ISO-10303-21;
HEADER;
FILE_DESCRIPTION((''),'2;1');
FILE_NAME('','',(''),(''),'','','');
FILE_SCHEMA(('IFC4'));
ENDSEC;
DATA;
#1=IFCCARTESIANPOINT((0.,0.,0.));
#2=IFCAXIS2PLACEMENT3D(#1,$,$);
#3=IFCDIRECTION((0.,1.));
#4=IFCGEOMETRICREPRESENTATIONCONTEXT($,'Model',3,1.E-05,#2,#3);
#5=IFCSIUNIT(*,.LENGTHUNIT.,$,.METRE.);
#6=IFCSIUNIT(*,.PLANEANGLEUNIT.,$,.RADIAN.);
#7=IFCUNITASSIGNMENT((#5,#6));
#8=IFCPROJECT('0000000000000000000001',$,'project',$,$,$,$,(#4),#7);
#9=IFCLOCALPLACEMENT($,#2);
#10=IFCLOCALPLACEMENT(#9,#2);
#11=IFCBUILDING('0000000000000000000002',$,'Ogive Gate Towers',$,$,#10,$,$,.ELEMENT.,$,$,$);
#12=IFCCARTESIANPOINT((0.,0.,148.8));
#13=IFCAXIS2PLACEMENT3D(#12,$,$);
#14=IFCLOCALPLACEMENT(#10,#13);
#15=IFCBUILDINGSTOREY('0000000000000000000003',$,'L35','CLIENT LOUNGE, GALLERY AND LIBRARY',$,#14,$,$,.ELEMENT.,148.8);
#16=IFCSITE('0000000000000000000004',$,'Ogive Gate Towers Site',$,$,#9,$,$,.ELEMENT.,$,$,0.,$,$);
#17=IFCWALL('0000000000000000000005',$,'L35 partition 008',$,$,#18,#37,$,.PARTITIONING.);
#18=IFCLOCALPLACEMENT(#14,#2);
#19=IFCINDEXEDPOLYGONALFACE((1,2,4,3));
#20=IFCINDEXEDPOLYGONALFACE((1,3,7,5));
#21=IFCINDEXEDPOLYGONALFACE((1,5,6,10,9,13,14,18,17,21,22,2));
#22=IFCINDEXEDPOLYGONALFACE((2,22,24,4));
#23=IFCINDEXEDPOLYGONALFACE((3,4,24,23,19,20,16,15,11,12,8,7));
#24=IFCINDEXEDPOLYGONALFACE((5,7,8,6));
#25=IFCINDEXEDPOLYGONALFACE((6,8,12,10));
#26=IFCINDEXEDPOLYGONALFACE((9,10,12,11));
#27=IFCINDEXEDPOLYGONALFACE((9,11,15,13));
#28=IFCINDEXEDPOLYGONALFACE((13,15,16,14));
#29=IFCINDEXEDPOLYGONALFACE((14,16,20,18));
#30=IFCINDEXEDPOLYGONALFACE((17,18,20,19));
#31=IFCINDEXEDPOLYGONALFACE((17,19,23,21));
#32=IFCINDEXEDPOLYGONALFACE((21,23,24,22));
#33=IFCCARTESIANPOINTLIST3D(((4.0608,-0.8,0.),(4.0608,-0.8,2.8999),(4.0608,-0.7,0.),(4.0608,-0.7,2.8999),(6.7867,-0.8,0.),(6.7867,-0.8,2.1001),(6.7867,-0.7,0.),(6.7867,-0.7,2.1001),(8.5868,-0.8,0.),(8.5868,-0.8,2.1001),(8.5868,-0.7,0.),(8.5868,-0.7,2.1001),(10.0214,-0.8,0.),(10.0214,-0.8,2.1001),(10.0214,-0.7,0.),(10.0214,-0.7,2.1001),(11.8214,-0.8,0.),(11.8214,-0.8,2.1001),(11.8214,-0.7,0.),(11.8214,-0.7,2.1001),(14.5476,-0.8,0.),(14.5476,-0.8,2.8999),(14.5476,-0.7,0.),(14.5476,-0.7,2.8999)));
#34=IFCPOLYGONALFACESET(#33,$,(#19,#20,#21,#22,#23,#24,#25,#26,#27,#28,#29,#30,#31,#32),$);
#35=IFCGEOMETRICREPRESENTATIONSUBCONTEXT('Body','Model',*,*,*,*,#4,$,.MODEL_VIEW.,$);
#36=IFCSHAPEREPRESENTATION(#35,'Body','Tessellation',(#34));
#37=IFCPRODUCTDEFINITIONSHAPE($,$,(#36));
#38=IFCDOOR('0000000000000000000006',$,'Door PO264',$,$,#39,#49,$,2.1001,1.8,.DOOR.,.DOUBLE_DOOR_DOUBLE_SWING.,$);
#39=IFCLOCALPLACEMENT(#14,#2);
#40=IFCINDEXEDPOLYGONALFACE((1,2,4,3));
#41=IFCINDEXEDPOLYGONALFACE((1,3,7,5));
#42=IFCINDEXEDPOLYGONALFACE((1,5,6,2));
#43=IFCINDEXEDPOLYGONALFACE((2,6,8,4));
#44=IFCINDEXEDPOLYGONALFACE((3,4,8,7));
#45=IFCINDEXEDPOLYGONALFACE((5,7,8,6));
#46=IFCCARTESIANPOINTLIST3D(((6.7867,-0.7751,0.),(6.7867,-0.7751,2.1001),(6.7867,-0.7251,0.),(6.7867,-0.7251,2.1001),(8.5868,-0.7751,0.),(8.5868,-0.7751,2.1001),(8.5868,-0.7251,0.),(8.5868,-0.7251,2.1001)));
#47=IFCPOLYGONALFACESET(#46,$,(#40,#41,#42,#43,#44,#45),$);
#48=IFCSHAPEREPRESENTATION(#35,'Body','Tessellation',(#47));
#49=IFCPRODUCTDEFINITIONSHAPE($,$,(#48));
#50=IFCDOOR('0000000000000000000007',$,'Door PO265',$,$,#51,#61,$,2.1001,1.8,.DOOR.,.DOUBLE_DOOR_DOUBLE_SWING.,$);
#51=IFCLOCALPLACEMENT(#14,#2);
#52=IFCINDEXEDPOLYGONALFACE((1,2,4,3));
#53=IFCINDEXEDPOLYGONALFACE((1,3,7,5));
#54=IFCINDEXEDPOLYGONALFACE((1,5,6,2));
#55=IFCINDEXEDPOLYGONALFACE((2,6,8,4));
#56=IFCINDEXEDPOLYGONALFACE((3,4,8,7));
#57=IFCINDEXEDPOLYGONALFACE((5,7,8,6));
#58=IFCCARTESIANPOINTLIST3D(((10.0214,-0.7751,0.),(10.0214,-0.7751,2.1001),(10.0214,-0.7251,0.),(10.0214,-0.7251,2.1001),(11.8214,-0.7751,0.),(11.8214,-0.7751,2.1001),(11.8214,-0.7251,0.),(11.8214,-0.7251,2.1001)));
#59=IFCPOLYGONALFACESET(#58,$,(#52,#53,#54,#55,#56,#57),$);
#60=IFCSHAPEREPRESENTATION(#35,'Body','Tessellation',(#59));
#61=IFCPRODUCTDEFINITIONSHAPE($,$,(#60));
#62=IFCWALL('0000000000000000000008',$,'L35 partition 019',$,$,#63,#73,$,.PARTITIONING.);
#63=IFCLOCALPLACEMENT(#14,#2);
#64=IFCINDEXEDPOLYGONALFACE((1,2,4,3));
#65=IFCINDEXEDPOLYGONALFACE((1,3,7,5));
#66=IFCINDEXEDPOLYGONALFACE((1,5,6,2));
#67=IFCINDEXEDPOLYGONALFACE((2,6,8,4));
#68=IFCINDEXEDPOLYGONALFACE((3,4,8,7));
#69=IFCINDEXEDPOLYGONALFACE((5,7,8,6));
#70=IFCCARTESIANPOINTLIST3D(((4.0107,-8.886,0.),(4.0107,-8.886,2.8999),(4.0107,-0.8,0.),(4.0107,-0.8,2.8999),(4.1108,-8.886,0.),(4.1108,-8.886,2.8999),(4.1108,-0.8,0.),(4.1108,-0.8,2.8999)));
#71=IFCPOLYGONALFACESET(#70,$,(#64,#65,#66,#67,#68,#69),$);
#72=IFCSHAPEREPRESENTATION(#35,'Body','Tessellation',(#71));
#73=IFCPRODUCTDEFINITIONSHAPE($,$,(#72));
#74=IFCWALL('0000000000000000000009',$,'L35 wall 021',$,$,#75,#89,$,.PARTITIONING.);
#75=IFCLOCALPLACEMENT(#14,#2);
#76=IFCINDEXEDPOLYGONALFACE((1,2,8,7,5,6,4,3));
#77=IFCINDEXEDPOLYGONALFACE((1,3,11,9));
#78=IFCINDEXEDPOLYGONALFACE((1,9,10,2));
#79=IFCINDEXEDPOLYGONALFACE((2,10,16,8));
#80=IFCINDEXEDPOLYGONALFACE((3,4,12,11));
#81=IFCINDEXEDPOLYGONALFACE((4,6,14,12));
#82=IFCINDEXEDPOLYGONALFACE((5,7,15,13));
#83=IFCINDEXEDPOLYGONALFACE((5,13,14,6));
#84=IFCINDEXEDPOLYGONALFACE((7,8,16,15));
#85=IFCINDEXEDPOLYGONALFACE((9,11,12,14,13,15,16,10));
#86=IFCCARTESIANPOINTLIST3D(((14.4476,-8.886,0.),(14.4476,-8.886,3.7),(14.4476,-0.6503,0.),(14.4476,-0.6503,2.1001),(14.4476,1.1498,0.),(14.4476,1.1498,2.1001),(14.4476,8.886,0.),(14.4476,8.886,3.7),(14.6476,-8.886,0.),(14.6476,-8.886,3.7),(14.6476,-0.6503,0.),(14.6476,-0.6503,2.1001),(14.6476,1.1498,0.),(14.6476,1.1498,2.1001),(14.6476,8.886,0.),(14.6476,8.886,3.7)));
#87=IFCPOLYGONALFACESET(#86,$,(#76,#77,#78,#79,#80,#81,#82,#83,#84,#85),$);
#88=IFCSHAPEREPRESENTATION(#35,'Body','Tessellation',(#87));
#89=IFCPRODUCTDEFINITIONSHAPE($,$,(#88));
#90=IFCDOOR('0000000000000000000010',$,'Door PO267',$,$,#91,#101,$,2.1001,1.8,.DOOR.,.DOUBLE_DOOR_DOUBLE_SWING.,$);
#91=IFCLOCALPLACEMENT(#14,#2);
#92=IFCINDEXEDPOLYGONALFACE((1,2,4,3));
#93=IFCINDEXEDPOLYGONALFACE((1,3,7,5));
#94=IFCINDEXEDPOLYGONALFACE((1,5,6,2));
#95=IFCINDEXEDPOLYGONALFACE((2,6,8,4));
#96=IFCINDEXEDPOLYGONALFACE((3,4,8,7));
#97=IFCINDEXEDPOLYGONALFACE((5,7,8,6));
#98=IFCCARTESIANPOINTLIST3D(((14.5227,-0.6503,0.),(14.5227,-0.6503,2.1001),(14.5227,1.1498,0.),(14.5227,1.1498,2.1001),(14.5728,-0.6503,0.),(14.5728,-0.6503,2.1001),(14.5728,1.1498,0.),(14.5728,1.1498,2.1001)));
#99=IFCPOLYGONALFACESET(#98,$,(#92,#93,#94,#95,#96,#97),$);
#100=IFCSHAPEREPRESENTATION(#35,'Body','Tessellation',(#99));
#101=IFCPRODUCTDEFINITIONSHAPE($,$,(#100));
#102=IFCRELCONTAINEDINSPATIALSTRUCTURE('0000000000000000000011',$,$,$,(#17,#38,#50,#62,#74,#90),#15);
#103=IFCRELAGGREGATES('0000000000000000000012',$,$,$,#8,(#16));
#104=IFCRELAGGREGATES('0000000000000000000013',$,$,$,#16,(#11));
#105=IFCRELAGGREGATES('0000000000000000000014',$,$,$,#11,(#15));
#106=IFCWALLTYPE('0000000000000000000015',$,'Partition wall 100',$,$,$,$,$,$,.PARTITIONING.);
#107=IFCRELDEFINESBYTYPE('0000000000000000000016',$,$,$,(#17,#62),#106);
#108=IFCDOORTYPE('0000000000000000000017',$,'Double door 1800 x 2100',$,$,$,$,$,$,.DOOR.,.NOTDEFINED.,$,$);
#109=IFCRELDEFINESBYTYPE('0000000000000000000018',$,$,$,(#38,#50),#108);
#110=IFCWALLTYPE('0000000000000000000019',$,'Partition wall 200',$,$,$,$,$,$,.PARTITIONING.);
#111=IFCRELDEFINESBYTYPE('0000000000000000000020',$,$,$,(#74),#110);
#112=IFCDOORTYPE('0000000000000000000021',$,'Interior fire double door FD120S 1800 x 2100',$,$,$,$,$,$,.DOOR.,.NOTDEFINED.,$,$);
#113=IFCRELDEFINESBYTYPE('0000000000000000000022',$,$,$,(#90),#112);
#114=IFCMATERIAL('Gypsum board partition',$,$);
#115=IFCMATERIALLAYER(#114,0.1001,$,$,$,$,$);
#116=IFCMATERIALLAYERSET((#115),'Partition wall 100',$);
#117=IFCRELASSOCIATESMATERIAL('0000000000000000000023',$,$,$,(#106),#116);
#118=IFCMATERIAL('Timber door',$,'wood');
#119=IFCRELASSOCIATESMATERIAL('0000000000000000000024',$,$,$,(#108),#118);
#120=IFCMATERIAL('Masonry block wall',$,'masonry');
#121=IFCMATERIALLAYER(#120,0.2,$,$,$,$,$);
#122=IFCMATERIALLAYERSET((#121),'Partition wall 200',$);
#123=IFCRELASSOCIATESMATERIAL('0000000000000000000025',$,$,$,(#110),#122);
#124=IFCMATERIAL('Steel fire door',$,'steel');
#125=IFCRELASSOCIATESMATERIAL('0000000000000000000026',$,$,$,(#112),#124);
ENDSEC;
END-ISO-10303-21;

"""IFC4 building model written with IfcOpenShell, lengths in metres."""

from ifc_helpers import new_model, si_unit, direction, frame, frame_2d, origin, place, context, subcontext, project, spatial, rectangle, extrude, material, layer, layer_set, type_object, element, fill, save


model = new_model("IFC4")

# Units and contexts
model_context = context("Model", 3, precision=1e-05, world=origin(), true_north=direction((0.0, 1.0)))
body_context = subcontext(model_context, "Body", "Model", "MODEL_VIEW")
ifc_project = project(units=[si_unit("LENGTHUNIT", "METRE"), si_unit("PLANEANGLEUNIT", "RADIAN")], contexts=[model_context])

# Site, building, storey
site_placement = place(None, origin())
site = spatial("IfcSite", under=ifc_project, at=site_placement, Name="Ogive Gate Towers Site", CompositionType="ELEMENT", RefElevation=0.0)
building_placement = place(site_placement, origin())
building = spatial("IfcBuilding", under=site, at=building_placement, Name="Ogive Gate Towers", CompositionType="ELEMENT")
storey_placement = place(building_placement, frame((0.0, 0.0, 148.8)))
storey = spatial("IfcBuildingStorey", under=building, at=storey_placement, Name="L35", Description="CLIENT LOUNGE, GALLERY AND LIBRARY", CompositionType="ELEMENT", Elevation=148.8)

# Wall, openings, doors
ifc_material_1 = material(Name="Gypsum board partition")
ifc_layer_1 = layer(ifc_material_1, 0.1001)
ifc_layer_set_1 = layer_set([ifc_layer_1], Name="Partition wall 100")
wall_type_1 = type_object("IfcWallType", Name="Partition wall 100", PredefinedType="PARTITIONING", material=ifc_layer_set_1)
wall_1_placement = place(storey_placement, frame((4.0608, -0.75, 0.0), z_axis=(0.0, 0.0, 1.0), x_axis=(1.0, 0.0, 0.0)))
wall_1 = element("IfcWall", 1, at=wall_1_placement, inside=storey, type_object=wall_type_1, Name="L35 partition 008", PredefinedType="PARTITIONING", context=body_context, shape_type="SweptSolid", body=[
    extrude(rectangle(XDim=10.4868, YDim=0.1001, at=frame_2d((5.2434, 0.0))), origin(), (0.0, 0.0, 1.0), 2.8999),
])
opening_1_placement = place(wall_1_placement, frame((2.7261, 0.0, 0.0)))
opening_1 = element("IfcOpeningElement", 2, at=opening_1_placement, cuts=wall_1, PredefinedType="OPENING", context=body_context, shape_type="SweptSolid", body=[
    extrude(rectangle(XDim=1.8, YDim=2.1001, at=frame_2d((0.8999, 1.05))), frame((0.0, 0.0601, 0.0), z_axis=(0.0, -1.0, 0.0), x_axis=(1.0, 0.0, 0.0)), (0.0, 0.0, 1.0), 0.1201),
])
opening_2_placement = place(wall_1_placement, frame((5.9607, 0.0, 0.0)))
opening_2 = element("IfcOpeningElement", 3, at=opening_2_placement, cuts=wall_1, PredefinedType="OPENING", context=body_context, shape_type="SweptSolid", body=[
    extrude(rectangle(XDim=1.8, YDim=2.1001, at=frame_2d((0.8999, 1.05))), frame((0.0, 0.0601, 0.0), z_axis=(0.0, -1.0, 0.0), x_axis=(1.0, 0.0, 0.0)), (0.0, 0.0, 1.0), 0.1201),
])
ifc_material_2 = material(Name="Timber door", Category="wood")
door_type_1 = type_object("IfcDoorType", Name="Double door 1800 x 2100", OperationType="NOTDEFINED", PredefinedType="DOOR", material=ifc_material_2)
door_1_placement = place(opening_1_placement, origin())
door_1 = element("IfcDoor", 4, at=door_1_placement, inside=storey, type_object=door_type_1, Name="Door PO264", OperationType="DOUBLE_DOOR_DOUBLE_SWING", OverallHeight=2.1001, OverallWidth=1.8, PredefinedType="DOOR", context=body_context, shape_type="SweptSolid", body=[
    extrude(rectangle(XDim=1.8, YDim=2.1001, at=frame_2d((0.8999, 1.05))), frame((0.0, 0.0249, 0.0), z_axis=(0.0, -1.0, 0.0), x_axis=(1.0, 0.0, 0.0)), (0.0, 0.0, 1.0), 0.05),
])
fill(opening_1, door_1)
door_2_placement = place(opening_2_placement, origin())
door_2 = element("IfcDoor", 5, at=door_2_placement, inside=storey, type_object=door_type_1, Name="Door PO265", OperationType="DOUBLE_DOOR_DOUBLE_SWING", OverallHeight=2.1001, OverallWidth=1.8, PredefinedType="DOOR", context=body_context, shape_type="SweptSolid", body=[
    extrude(rectangle(XDim=1.8, YDim=2.1001, at=frame_2d((0.8999, 1.05))), frame((0.0, 0.0249, 0.0), z_axis=(0.0, -1.0, 0.0), x_axis=(1.0, 0.0, 0.0)), (0.0, 0.0, 1.0), 0.05),
])
fill(opening_2, door_2)

# Wall
wall_2_placement = place(storey_placement, frame((4.0608, -8.886, 0.0), z_axis=(0.0, 0.0, 1.0), x_axis=(0.0, 1.0, 0.0)))
element("IfcWall", 6, at=wall_2_placement, inside=storey, type_object=wall_type_1, Name="L35 partition 019", PredefinedType="PARTITIONING", context=body_context, shape_type="SweptSolid", body=[
    extrude(rectangle(XDim=8.0859, YDim=0.1001, at=frame_2d((4.043, 0.0))), origin(), (0.0, 0.0, 1.0), 2.8999),
])

# Wall, opening, door
ifc_material_3 = material(Name="Masonry block wall", Category="masonry")
ifc_layer_2 = layer(ifc_material_3, 0.2)
ifc_layer_set_2 = layer_set([ifc_layer_2], Name="Partition wall 200")
wall_type_2 = type_object("IfcWallType", Name="Partition wall 200", PredefinedType="PARTITIONING", material=ifc_layer_set_2)
wall_3_placement = place(storey_placement, frame((14.5476, -8.886, 0.0), z_axis=(0.0, 0.0, 1.0), x_axis=(0.0, 1.0, 0.0)))
wall_3 = element("IfcWall", 7, at=wall_3_placement, inside=storey, type_object=wall_type_2, Name="L35 wall 021", PredefinedType="PARTITIONING", context=body_context, shape_type="SweptSolid", body=[
    extrude(rectangle(XDim=17.772, YDim=0.2, at=frame_2d((8.886, 0.0))), origin(), (0.0, 0.0, 1.0), 3.7),
])
opening_3_placement = place(wall_3_placement, frame((8.2358, 0.0, 0.0)))
opening_3 = element("IfcOpeningElement", 8, at=opening_3_placement, cuts=wall_3, PredefinedType="OPENING", context=body_context, shape_type="SweptSolid", body=[
    extrude(rectangle(XDim=1.8, YDim=2.1001, at=frame_2d((0.8999, 1.05))), frame((0.0, 0.1099, 0.0), z_axis=(0.0, -1.0, 0.0), x_axis=(1.0, 0.0, 0.0)), (0.0, 0.0, 1.0), 0.22),
])
ifc_material_4 = material(Name="Steel fire door", Category="steel")
door_type_2 = type_object("IfcDoorType", Name="Interior fire double door FD120S 1800 x 2100", OperationType="NOTDEFINED", PredefinedType="DOOR", material=ifc_material_4)
door_3_placement = place(opening_3_placement, origin())
door_3 = element("IfcDoor", 9, at=door_3_placement, inside=storey, type_object=door_type_2, Name="Door PO267", OperationType="DOUBLE_DOOR_DOUBLE_SWING", OverallHeight=2.1001, OverallWidth=1.8, PredefinedType="DOOR", context=body_context, shape_type="SweptSolid", body=[
    extrude(rectangle(XDim=1.8, YDim=2.1001, at=frame_2d((0.8999, 1.05))), frame((0.0, 0.0249, 0.0), z_axis=(0.0, -1.0, 0.0), x_axis=(1.0, 0.0, 0.0)), (0.0, 0.0, 1.0), 0.05),
])
fill(opening_3, door_3)

save(model, "model.ifc")
